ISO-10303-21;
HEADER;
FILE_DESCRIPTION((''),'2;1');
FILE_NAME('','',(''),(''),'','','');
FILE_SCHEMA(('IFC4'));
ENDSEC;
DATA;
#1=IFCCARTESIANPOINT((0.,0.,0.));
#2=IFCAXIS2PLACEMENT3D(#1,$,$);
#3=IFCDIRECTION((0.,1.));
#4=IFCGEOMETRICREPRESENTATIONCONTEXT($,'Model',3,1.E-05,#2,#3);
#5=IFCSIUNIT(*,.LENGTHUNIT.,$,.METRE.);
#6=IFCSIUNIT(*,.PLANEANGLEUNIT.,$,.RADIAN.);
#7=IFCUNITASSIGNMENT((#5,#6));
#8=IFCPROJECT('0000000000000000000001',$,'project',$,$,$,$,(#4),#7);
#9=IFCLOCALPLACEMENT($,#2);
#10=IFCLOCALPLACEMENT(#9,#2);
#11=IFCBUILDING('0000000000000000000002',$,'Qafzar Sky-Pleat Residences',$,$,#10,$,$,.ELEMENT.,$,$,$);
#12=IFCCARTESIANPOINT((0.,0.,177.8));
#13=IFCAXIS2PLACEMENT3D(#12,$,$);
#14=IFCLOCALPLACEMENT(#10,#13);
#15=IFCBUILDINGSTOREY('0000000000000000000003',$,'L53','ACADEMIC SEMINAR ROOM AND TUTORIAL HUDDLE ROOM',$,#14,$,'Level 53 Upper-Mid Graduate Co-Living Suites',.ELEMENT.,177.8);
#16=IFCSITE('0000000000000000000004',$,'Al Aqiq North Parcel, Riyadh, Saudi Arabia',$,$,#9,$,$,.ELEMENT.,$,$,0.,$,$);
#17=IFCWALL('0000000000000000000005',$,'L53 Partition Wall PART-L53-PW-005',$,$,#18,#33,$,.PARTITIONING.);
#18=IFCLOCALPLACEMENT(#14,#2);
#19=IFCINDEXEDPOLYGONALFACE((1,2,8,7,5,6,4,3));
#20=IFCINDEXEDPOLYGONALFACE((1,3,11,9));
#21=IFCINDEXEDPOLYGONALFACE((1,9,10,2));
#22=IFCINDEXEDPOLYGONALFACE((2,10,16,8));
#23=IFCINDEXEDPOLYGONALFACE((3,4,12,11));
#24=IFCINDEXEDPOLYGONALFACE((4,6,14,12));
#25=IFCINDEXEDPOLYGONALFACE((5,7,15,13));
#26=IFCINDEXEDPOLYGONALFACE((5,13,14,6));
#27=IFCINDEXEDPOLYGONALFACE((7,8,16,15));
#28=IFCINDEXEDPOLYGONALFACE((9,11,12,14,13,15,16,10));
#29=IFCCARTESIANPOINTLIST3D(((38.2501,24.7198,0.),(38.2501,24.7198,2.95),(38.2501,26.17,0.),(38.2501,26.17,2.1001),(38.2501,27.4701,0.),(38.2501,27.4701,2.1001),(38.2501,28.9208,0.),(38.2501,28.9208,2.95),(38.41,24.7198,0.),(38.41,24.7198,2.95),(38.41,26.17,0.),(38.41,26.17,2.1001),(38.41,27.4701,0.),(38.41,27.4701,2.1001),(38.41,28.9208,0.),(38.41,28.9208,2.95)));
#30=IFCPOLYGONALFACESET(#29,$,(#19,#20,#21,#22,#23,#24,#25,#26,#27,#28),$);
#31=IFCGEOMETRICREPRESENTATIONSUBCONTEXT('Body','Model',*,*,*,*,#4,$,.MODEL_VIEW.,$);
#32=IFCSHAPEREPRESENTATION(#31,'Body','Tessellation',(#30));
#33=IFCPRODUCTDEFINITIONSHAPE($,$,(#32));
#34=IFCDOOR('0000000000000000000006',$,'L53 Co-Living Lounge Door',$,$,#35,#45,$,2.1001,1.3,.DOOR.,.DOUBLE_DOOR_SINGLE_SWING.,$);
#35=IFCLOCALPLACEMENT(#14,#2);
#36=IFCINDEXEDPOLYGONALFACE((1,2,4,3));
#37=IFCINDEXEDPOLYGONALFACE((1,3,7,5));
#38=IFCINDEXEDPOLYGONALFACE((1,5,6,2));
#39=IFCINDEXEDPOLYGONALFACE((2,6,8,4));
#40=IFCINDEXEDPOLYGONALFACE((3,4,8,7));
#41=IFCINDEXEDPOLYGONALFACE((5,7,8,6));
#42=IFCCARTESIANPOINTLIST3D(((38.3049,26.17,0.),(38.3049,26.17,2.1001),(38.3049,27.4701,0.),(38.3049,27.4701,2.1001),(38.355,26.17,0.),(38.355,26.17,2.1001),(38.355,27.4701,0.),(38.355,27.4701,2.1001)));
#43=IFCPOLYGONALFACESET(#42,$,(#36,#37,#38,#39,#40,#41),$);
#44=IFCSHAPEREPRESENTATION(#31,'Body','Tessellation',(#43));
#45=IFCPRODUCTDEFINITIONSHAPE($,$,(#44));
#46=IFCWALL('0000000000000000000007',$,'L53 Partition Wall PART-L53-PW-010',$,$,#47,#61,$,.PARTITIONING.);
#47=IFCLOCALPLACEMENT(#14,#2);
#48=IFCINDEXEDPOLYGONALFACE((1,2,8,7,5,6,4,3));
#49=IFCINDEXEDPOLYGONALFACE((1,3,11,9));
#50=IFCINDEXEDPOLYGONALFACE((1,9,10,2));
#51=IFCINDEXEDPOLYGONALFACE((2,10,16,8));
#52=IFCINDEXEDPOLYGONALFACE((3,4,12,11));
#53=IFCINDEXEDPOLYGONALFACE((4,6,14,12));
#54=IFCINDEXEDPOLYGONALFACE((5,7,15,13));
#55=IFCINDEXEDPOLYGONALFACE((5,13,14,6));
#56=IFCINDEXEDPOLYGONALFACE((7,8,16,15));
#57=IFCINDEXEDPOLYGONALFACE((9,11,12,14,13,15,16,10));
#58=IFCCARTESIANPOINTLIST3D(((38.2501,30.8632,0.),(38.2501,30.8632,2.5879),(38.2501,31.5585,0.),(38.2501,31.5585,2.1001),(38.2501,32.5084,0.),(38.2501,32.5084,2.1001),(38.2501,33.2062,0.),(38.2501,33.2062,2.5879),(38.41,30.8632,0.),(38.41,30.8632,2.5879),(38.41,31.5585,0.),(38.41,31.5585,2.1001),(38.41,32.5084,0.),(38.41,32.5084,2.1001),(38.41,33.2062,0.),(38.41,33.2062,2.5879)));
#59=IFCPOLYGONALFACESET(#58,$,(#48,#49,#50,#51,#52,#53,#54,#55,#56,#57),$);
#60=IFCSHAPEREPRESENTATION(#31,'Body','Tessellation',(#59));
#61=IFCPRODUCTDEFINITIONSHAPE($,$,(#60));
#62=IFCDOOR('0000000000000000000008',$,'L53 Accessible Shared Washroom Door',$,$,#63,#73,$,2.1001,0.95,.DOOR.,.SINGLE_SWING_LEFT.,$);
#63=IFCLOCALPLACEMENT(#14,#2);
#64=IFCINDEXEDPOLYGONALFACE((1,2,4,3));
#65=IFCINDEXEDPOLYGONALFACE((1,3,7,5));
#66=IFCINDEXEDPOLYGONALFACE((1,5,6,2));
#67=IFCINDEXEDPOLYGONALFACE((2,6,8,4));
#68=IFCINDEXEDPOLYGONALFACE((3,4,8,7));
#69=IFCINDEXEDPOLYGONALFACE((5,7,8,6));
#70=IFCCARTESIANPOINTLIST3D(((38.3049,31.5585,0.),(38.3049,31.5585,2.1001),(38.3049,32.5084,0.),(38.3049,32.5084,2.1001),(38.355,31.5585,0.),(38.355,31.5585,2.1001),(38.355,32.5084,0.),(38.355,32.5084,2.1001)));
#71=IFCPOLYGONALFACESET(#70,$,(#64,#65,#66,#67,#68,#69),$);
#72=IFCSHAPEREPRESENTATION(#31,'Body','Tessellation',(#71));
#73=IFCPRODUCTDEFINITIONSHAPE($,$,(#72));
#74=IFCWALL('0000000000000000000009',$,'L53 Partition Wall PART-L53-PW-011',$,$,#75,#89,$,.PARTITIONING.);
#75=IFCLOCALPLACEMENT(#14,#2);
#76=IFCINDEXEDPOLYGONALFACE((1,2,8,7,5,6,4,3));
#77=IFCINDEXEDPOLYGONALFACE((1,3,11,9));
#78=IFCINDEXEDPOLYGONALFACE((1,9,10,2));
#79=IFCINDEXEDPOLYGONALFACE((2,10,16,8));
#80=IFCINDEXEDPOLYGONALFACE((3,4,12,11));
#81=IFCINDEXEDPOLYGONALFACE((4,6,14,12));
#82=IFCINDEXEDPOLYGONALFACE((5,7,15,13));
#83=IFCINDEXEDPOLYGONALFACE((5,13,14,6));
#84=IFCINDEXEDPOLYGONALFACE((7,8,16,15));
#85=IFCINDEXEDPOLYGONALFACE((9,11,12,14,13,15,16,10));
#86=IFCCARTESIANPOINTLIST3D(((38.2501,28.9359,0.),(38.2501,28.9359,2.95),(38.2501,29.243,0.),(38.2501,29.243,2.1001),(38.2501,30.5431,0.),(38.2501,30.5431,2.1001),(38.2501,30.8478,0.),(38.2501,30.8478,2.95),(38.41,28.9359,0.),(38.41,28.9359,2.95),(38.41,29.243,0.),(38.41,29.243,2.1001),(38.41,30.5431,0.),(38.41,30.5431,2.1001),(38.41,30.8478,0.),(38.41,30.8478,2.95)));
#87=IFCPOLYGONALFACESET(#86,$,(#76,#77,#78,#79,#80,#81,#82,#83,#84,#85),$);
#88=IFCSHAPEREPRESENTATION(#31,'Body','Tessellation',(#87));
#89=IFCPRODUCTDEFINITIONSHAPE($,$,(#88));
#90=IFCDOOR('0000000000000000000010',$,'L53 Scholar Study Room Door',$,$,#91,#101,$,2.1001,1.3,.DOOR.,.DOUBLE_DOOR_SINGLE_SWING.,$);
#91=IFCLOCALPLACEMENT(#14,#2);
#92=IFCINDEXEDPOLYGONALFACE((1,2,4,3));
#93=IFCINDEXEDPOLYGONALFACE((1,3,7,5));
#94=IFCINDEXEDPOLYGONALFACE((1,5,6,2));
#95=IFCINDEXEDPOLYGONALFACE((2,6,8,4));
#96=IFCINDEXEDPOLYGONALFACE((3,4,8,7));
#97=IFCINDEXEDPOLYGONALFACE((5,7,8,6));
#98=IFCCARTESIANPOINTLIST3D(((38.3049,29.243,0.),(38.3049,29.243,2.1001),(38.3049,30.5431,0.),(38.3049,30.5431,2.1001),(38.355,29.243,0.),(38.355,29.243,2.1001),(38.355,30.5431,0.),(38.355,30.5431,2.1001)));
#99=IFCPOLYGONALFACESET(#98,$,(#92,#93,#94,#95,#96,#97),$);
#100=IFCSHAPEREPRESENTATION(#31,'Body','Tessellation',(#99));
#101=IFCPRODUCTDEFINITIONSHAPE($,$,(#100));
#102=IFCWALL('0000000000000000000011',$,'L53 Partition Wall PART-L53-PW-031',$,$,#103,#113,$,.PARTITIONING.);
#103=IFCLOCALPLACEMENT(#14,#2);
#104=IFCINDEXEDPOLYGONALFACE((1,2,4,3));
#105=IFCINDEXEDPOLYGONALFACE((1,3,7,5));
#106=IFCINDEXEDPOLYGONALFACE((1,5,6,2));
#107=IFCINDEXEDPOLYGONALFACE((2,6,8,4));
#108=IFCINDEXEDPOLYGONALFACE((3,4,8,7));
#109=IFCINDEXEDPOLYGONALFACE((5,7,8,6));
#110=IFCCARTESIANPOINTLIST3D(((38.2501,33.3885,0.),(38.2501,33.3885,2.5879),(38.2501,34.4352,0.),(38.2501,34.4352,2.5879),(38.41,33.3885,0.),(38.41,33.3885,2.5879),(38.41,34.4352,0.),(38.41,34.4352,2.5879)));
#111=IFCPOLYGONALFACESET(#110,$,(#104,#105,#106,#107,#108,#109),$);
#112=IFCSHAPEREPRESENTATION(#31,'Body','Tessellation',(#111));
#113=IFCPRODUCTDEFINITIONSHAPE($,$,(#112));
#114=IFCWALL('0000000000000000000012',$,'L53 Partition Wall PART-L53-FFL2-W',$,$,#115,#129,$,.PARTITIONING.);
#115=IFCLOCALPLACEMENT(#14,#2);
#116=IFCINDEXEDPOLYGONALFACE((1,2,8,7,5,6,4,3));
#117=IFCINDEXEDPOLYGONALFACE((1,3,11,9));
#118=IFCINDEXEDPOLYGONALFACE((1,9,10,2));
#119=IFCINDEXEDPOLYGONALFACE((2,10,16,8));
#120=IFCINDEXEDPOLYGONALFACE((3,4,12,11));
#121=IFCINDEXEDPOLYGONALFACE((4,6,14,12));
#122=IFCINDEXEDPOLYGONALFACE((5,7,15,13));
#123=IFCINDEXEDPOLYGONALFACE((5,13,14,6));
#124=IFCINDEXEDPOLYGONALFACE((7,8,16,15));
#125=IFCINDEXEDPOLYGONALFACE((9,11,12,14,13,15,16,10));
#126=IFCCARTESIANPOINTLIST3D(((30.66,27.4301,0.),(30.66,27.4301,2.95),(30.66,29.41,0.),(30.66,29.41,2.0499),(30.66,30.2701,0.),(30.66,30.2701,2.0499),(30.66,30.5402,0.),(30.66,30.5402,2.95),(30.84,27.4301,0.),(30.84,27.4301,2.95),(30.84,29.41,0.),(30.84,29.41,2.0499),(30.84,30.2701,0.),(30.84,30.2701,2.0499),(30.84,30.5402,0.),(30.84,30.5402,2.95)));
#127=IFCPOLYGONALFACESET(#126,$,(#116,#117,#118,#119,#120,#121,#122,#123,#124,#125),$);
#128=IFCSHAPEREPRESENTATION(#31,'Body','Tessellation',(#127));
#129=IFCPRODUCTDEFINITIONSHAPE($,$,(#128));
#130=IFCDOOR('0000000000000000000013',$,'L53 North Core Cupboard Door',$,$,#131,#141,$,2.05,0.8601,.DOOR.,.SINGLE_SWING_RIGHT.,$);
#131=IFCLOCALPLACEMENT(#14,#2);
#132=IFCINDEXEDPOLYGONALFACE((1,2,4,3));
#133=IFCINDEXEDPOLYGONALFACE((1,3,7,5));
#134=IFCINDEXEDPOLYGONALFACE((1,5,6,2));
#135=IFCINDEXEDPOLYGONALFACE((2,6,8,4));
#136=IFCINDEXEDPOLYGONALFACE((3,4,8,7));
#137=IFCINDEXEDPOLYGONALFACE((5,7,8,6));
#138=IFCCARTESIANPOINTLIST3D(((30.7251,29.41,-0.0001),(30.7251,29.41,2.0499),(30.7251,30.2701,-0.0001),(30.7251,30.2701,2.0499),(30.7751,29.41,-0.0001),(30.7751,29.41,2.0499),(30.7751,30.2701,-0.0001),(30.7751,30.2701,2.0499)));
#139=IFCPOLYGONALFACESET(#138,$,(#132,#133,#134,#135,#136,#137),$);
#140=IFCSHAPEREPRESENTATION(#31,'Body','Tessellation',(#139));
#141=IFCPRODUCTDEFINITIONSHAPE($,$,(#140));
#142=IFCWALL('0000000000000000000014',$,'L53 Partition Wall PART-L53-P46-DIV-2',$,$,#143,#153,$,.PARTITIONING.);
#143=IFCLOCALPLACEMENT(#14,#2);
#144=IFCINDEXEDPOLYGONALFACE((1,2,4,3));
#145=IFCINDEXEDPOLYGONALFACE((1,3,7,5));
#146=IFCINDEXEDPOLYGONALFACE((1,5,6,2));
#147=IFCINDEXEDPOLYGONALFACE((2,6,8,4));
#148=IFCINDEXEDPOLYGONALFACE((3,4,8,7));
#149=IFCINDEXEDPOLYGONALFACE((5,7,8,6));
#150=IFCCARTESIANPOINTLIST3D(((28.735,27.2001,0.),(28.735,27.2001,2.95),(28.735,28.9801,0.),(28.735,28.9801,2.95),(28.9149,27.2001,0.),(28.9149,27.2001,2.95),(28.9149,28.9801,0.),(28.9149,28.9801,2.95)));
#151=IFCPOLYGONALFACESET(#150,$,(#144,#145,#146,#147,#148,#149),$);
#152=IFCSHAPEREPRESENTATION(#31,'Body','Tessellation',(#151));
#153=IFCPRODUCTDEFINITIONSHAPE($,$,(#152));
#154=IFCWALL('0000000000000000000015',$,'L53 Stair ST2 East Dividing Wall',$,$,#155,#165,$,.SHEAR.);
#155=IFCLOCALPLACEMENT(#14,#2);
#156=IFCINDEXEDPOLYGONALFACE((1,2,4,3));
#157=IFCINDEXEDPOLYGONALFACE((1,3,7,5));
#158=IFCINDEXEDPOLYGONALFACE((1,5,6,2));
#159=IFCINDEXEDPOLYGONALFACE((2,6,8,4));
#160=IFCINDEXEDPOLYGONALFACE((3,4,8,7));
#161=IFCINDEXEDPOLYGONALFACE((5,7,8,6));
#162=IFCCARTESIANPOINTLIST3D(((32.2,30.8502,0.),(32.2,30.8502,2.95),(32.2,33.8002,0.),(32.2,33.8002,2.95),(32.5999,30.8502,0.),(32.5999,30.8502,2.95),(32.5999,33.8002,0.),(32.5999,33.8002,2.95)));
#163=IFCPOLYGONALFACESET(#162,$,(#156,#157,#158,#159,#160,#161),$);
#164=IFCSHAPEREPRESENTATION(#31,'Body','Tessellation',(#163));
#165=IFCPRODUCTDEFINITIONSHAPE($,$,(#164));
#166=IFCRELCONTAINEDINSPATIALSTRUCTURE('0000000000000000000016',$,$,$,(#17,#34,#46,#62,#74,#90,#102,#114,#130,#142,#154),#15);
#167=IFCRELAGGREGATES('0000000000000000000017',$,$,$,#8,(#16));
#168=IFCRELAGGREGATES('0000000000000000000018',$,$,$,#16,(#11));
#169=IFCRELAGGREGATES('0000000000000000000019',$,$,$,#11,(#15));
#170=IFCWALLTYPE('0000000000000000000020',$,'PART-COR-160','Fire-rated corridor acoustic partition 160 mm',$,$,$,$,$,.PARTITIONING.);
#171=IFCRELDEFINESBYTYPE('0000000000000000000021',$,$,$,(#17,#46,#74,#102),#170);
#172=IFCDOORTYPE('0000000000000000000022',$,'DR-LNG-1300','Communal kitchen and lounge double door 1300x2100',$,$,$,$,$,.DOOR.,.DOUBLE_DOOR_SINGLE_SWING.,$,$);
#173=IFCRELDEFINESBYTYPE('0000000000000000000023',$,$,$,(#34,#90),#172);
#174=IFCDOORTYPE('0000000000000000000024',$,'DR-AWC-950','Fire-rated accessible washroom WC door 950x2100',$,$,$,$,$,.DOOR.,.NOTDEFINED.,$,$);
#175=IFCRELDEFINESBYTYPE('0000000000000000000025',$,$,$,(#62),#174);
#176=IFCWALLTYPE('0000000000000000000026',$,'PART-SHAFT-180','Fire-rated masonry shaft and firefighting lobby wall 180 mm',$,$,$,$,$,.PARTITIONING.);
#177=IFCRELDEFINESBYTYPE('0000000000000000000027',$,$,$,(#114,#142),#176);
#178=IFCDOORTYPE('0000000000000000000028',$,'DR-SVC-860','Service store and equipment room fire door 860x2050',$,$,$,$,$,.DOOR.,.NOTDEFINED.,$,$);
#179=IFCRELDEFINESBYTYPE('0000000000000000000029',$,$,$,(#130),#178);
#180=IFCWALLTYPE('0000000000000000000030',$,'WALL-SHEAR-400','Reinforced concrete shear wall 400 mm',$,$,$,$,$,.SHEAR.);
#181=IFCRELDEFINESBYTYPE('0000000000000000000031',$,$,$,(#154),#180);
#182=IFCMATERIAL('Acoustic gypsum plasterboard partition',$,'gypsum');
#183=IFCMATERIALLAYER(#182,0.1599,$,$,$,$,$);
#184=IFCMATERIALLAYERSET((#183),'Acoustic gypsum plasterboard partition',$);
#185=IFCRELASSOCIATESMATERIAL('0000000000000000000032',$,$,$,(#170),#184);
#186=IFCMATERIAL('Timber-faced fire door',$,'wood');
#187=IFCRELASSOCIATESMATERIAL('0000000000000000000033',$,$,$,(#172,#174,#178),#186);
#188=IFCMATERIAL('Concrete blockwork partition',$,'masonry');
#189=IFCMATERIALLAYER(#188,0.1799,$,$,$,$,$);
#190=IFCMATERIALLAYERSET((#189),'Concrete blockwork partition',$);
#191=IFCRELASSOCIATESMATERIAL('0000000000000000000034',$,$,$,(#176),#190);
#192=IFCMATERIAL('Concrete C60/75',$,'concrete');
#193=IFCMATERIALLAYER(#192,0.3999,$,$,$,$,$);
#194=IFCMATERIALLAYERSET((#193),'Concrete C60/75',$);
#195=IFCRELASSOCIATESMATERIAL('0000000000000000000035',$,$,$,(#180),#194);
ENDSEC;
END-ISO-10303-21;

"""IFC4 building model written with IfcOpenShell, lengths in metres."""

from ifc_helpers import new_model, si_unit, direction, frame, frame_2d, origin, place, context, subcontext, project, spatial, rectangle, extrude, source, transform, mapped, material, layer, layer_set, type_object, element, fill, save


model = new_model("IFC4")

# Units and contexts
model_context = context("Model", 3, precision=1e-05, world=origin(), true_north=direction((0.0, 1.0)))
body_context = subcontext(model_context, "Body", "Model", "MODEL_VIEW")
ifc_project = project(units=[si_unit("LENGTHUNIT", "METRE"), si_unit("PLANEANGLEUNIT", "RADIAN")], contexts=[model_context])

# Site, building, storey
site_placement = place(None, origin())
site = spatial("IfcSite", under=ifc_project, at=site_placement, Name="Al Aqiq North Parcel, Riyadh, Saudi Arabia", CompositionType="ELEMENT", RefElevation=0.0)
building_placement = place(site_placement, origin())
building = spatial("IfcBuilding", under=site, at=building_placement, Name="Qafzar Sky-Pleat Residences", CompositionType="ELEMENT")
storey_placement = place(building_placement, frame((0.0, 0.0, 177.8)))
storey = spatial("IfcBuildingStorey", under=building, at=storey_placement, Name="L53", Description="ACADEMIC SEMINAR ROOM AND TUTORIAL HUDDLE ROOM", LongName="Level 53 Upper-Mid Graduate Co-Living Suites", CompositionType="ELEMENT", Elevation=177.8)

# Walls, openings, doors
ifc_material_1 = material(Name="Acoustic gypsum plasterboard partition", Category="gypsum")
ifc_layer_1 = layer(ifc_material_1, 0.1599)
ifc_layer_set_1 = layer_set([ifc_layer_1], Name="Acoustic gypsum plasterboard partition")
wall_type_1 = type_object("IfcWallType", Name="PART-COR-160", Description="Fire-rated corridor acoustic partition 160 mm", PredefinedType="PARTITIONING", material=ifc_layer_set_1)
wall_1_placement = place(storey_placement, frame((38.3301, 28.9209, 0.0), z_axis=(0.0, 0.0, 1.0), x_axis=(0.0, -1.0, 0.0)))
wall_1 = element("IfcWall", 1, at=wall_1_placement, inside=storey, type_object=wall_type_1, Name="L53 Partition Wall PART-L53-PW-005", PredefinedType="PARTITIONING", context=body_context, shape_type="SweptSolid", body=[
    extrude(rectangle(XDim=4.2009, YDim=0.1599, at=frame_2d((2.1006, 0.0))), origin(), (0.0, 0.0, 1.0), 2.95),
])
opening_1_placement = place(wall_1_placement, frame((1.4509, 0.0, 0.0)))
opening_1 = element("IfcOpeningElement", 2, at=opening_1_placement, cuts=wall_1, PredefinedType="OPENING", context=body_context, shape_type="SweptSolid", body=[
    extrude(rectangle(XDim=1.3, YDim=2.1001, at=frame_2d((0.6499, 1.05))), frame((0.0, 0.0898, 0.0), z_axis=(0.0, -1.0, 0.0), x_axis=(1.0, 0.0, 0.0)), (0.0, 0.0, 1.0), 0.1799),
])
ifc_material_2 = material(Name="Timber-faced fire door", Category="wood")
door_type_1 = type_object("IfcDoorType", Name="DR-LNG-1300", Description="Communal kitchen and lounge double door 1300x2100", OperationType="DOUBLE_DOOR_SINGLE_SWING", PredefinedType="DOOR", material=ifc_material_2)
shared_shape_1 = source(origin(), body_context, "Body", "SweptSolid", [
    extrude(rectangle(XDim=1.3, YDim=2.1001, at=frame_2d((0.6499, 1.05))), frame((0.0, 0.0249, 0.0), z_axis=(0.0, -1.0, 0.0), x_axis=(1.0, 0.0, 0.0)), (0.0, 0.0, 1.0), 0.05),
])
door_1_placement = place(opening_1_placement, origin())
door_1 = element("IfcDoor", 3, at=door_1_placement, inside=storey, type_object=door_type_1, Name="L53 Co-Living Lounge Door", OperationType="DOUBLE_DOOR_SINGLE_SWING", OverallHeight=2.1001, OverallWidth=1.3, PredefinedType="DOOR", context=body_context, shape_type="MappedRepresentation", body=[
    mapped(shared_shape_1, transform((0.0, 0.0, 0.0), x_axis=(1.0, 0.0, 0.0), y_axis=(0.0, 1.0, 0.0), z_axis=(0.0, 0.0, 1.0), scale=1.0)),
])
fill(opening_1, door_1)
wall_2_placement = place(storey_placement, frame((38.3301, 33.2061, 0.0), z_axis=(0.0, 0.0, 1.0), x_axis=(0.0, -1.0, 0.0)))
wall_2 = element("IfcWall", 4, at=wall_2_placement, inside=storey, type_object=wall_type_1, Name="L53 Partition Wall PART-L53-PW-010", PredefinedType="PARTITIONING", context=body_context, shape_type="SweptSolid", body=[
    extrude(rectangle(XDim=2.343, YDim=0.1599, at=frame_2d((1.1714, 0.0))), origin(), (0.0, 0.0, 1.0), 2.5879),
])
opening_2_placement = place(wall_2_placement, frame((0.6975, 0.0, 0.0)))
opening_2 = element("IfcOpeningElement", 5, at=opening_2_placement, cuts=wall_2, PredefinedType="OPENING", context=body_context, shape_type="SweptSolid", body=[
    extrude(rectangle(XDim=0.95, YDim=2.1001, at=frame_2d((0.4751, 1.05))), frame((0.0, 0.0898, 0.0), z_axis=(0.0, -1.0, 0.0), x_axis=(1.0, 0.0, 0.0)), (0.0, 0.0, 1.0), 0.1799),
])
door_type_2 = type_object("IfcDoorType", Name="DR-AWC-950", Description="Fire-rated accessible washroom WC door 950x2100", OperationType="NOTDEFINED", PredefinedType="DOOR", material=ifc_material_2)
shared_shape_2 = source(origin(), body_context, "Body", "SweptSolid", [
    extrude(rectangle(XDim=0.95, YDim=2.1001, at=frame_2d((0.4751, 1.05))), frame((0.0, 0.0249, 0.0), z_axis=(0.0, -1.0, 0.0), x_axis=(1.0, 0.0, 0.0)), (0.0, 0.0, 1.0), 0.05),
])
door_2_placement = place(opening_2_placement, origin())
door_2 = element("IfcDoor", 6, at=door_2_placement, inside=storey, type_object=door_type_2, Name="L53 Accessible Shared Washroom Door", OperationType="SINGLE_SWING_LEFT", OverallHeight=2.1001, OverallWidth=0.95, PredefinedType="DOOR", context=body_context, shape_type="MappedRepresentation", body=[
    mapped(shared_shape_2, transform((0.0, 0.0, 0.0), x_axis=(1.0, 0.0, 0.0), y_axis=(0.0, 1.0, 0.0), z_axis=(0.0, 0.0, 1.0), scale=1.0)),
])
fill(opening_2, door_2)
wall_3_placement = place(storey_placement, frame((38.3301, 30.8479, 0.0), z_axis=(0.0, 0.0, 1.0), x_axis=(0.0, -1.0, 0.0)))
wall_3 = element("IfcWall", 7, at=wall_3_placement, inside=storey, type_object=wall_type_1, Name="L53 Partition Wall PART-L53-PW-011", PredefinedType="PARTITIONING", context=body_context, shape_type="SweptSolid", body=[
    extrude(rectangle(XDim=1.9119, YDim=0.1599, at=frame_2d((0.9561, 0.0))), origin(), (0.0, 0.0, 1.0), 2.95),
])
opening_3_placement = place(wall_3_placement, frame((0.3049, 0.0, 0.0)))
opening_3 = element("IfcOpeningElement", 8, at=opening_3_placement, cuts=wall_3, PredefinedType="OPENING", context=body_context, shape_type="SweptSolid", body=[
    extrude(rectangle(XDim=1.3, YDim=2.1001, at=frame_2d((0.6499, 1.05))), frame((0.0, 0.0898, 0.0), z_axis=(0.0, -1.0, 0.0), x_axis=(1.0, 0.0, 0.0)), (0.0, 0.0, 1.0), 0.1799),
])
door_3_placement = place(opening_3_placement, origin())
door_3 = element("IfcDoor", 9, at=door_3_placement, inside=storey, type_object=door_type_1, Name="L53 Scholar Study Room Door", OperationType="DOUBLE_DOOR_SINGLE_SWING", OverallHeight=2.1001, OverallWidth=1.3, PredefinedType="DOOR", context=body_context, shape_type="MappedRepresentation", body=[
    mapped(shared_shape_1, transform((0.0, 0.0, 0.0), x_axis=(1.0, 0.0, 0.0), y_axis=(0.0, 1.0, 0.0), z_axis=(0.0, 0.0, 1.0), scale=1.0)),
])
fill(opening_3, door_3)

# Wall
wall_4_placement = place(storey_placement, frame((38.3301, 33.3884, 0.0), z_axis=(0.0, 0.0, 1.0), x_axis=(0.0, 1.0, 0.0)))
element("IfcWall", 10, at=wall_4_placement, inside=storey, type_object=wall_type_1, Name="L53 Partition Wall PART-L53-PW-031", PredefinedType="PARTITIONING", context=body_context, shape_type="SweptSolid", body=[
    extrude(rectangle(XDim=1.0466, YDim=0.1599, at=frame_2d((0.5234, 0.0))), origin(), (0.0, 0.0, 1.0), 2.5879),
])

# Wall, opening, door
ifc_material_3 = material(Name="Concrete blockwork partition", Category="masonry")
ifc_layer_2 = layer(ifc_material_3, 0.1799)
ifc_layer_set_2 = layer_set([ifc_layer_2], Name="Concrete blockwork partition")
wall_type_2 = type_object("IfcWallType", Name="PART-SHAFT-180", Description="Fire-rated masonry shaft and firefighting lobby wall 180 mm", PredefinedType="PARTITIONING", material=ifc_layer_set_2)
wall_5_placement = place(storey_placement, frame((30.75, 27.4299, 0.0), z_axis=(0.0, 0.0, 1.0), x_axis=(0.0, 1.0, 0.0)))
wall_5 = element("IfcWall", 11, at=wall_5_placement, inside=storey, type_object=wall_type_2, Name="L53 Partition Wall PART-L53-FFL2-W", PredefinedType="PARTITIONING", context=body_context, shape_type="SweptSolid", body=[
    extrude(rectangle(XDim=3.1101, YDim=0.1799, at=frame_2d((1.5552, 0.0))), origin(), (0.0, 0.0, 1.0), 2.95),
])
opening_4_placement = place(wall_5_placement, frame((1.98, 0.0, 0.0)))
opening_4 = element("IfcOpeningElement", 12, at=opening_4_placement, cuts=wall_5, PredefinedType="OPENING", context=body_context, shape_type="SweptSolid", body=[
    extrude(rectangle(XDim=0.8601, YDim=2.05, at=frame_2d((0.4302, 1.0249))), frame((0.0, 0.1001, 0.0), z_axis=(0.0, -1.0, 0.0), x_axis=(1.0, 0.0, 0.0)), (0.0, 0.0, 1.0), 0.2),
])
door_type_3 = type_object("IfcDoorType", Name="DR-SVC-860", Description="Service store and equipment room fire door 860x2050", OperationType="NOTDEFINED", PredefinedType="DOOR", material=ifc_material_2)
shared_shape_3 = source(origin(), body_context, "Body", "SweptSolid", [
    extrude(rectangle(XDim=0.8601, YDim=2.05, at=frame_2d((0.4302, 1.0249))), frame((0.0, 0.0249, 0.0), z_axis=(0.0, -1.0, 0.0), x_axis=(1.0, 0.0, 0.0)), (0.0, 0.0, 1.0), 0.05),
])
door_4_placement = place(opening_4_placement, origin())
door_4 = element("IfcDoor", 13, at=door_4_placement, inside=storey, type_object=door_type_3, Name="L53 North Core Cupboard Door", OperationType="SINGLE_SWING_RIGHT", OverallHeight=2.05, OverallWidth=0.8601, PredefinedType="DOOR", context=body_context, shape_type="MappedRepresentation", body=[
    mapped(shared_shape_3, transform((0.0, 0.0, 0.0), x_axis=(1.0, 0.0, 0.0), y_axis=(0.0, 1.0, 0.0), z_axis=(0.0, 0.0, 1.0), scale=1.0)),
])
fill(opening_4, door_4)

# Walls
wall_6_placement = place(storey_placement, frame((28.825, 27.2, 0.0), z_axis=(0.0, 0.0, 1.0), x_axis=(0.0, 1.0, 0.0)))
element("IfcWall", 14, at=wall_6_placement, inside=storey, type_object=wall_type_2, Name="L53 Partition Wall PART-L53-P46-DIV-2", PredefinedType="PARTITIONING", context=body_context, shape_type="SweptSolid", body=[
    extrude(rectangle(XDim=1.78, YDim=0.1799, at=frame_2d((0.8901, 0.0))), origin(), (0.0, 0.0, 1.0), 2.95),
])
ifc_material_4 = material(Name="Concrete C60/75", Category="concrete")
ifc_layer_3 = layer(ifc_material_4, 0.3999)
ifc_layer_set_3 = layer_set([ifc_layer_3], Name="Concrete C60/75")
wall_type_3 = type_object("IfcWallType", Name="WALL-SHEAR-400", Description="Reinforced concrete shear wall 400 mm", PredefinedType="SHEAR", material=ifc_layer_set_3)
wall_7_placement = place(storey_placement, frame((32.3999, 30.8501, 0.0), z_axis=(0.0, 0.0, 1.0), x_axis=(0.0, 1.0, 0.0)))
element("IfcWall", 15, at=wall_7_placement, inside=storey, type_object=wall_type_3, Name="L53 Stair ST2 East Dividing Wall", PredefinedType="SHEAR", context=body_context, shape_type="SweptSolid", body=[
    extrude(rectangle(XDim=2.95, YDim=0.3999, at=frame_2d((1.4751, 0.0))), origin(), (0.0, 0.0, 1.0), 2.95),
])

save(model, "model.ifc")
